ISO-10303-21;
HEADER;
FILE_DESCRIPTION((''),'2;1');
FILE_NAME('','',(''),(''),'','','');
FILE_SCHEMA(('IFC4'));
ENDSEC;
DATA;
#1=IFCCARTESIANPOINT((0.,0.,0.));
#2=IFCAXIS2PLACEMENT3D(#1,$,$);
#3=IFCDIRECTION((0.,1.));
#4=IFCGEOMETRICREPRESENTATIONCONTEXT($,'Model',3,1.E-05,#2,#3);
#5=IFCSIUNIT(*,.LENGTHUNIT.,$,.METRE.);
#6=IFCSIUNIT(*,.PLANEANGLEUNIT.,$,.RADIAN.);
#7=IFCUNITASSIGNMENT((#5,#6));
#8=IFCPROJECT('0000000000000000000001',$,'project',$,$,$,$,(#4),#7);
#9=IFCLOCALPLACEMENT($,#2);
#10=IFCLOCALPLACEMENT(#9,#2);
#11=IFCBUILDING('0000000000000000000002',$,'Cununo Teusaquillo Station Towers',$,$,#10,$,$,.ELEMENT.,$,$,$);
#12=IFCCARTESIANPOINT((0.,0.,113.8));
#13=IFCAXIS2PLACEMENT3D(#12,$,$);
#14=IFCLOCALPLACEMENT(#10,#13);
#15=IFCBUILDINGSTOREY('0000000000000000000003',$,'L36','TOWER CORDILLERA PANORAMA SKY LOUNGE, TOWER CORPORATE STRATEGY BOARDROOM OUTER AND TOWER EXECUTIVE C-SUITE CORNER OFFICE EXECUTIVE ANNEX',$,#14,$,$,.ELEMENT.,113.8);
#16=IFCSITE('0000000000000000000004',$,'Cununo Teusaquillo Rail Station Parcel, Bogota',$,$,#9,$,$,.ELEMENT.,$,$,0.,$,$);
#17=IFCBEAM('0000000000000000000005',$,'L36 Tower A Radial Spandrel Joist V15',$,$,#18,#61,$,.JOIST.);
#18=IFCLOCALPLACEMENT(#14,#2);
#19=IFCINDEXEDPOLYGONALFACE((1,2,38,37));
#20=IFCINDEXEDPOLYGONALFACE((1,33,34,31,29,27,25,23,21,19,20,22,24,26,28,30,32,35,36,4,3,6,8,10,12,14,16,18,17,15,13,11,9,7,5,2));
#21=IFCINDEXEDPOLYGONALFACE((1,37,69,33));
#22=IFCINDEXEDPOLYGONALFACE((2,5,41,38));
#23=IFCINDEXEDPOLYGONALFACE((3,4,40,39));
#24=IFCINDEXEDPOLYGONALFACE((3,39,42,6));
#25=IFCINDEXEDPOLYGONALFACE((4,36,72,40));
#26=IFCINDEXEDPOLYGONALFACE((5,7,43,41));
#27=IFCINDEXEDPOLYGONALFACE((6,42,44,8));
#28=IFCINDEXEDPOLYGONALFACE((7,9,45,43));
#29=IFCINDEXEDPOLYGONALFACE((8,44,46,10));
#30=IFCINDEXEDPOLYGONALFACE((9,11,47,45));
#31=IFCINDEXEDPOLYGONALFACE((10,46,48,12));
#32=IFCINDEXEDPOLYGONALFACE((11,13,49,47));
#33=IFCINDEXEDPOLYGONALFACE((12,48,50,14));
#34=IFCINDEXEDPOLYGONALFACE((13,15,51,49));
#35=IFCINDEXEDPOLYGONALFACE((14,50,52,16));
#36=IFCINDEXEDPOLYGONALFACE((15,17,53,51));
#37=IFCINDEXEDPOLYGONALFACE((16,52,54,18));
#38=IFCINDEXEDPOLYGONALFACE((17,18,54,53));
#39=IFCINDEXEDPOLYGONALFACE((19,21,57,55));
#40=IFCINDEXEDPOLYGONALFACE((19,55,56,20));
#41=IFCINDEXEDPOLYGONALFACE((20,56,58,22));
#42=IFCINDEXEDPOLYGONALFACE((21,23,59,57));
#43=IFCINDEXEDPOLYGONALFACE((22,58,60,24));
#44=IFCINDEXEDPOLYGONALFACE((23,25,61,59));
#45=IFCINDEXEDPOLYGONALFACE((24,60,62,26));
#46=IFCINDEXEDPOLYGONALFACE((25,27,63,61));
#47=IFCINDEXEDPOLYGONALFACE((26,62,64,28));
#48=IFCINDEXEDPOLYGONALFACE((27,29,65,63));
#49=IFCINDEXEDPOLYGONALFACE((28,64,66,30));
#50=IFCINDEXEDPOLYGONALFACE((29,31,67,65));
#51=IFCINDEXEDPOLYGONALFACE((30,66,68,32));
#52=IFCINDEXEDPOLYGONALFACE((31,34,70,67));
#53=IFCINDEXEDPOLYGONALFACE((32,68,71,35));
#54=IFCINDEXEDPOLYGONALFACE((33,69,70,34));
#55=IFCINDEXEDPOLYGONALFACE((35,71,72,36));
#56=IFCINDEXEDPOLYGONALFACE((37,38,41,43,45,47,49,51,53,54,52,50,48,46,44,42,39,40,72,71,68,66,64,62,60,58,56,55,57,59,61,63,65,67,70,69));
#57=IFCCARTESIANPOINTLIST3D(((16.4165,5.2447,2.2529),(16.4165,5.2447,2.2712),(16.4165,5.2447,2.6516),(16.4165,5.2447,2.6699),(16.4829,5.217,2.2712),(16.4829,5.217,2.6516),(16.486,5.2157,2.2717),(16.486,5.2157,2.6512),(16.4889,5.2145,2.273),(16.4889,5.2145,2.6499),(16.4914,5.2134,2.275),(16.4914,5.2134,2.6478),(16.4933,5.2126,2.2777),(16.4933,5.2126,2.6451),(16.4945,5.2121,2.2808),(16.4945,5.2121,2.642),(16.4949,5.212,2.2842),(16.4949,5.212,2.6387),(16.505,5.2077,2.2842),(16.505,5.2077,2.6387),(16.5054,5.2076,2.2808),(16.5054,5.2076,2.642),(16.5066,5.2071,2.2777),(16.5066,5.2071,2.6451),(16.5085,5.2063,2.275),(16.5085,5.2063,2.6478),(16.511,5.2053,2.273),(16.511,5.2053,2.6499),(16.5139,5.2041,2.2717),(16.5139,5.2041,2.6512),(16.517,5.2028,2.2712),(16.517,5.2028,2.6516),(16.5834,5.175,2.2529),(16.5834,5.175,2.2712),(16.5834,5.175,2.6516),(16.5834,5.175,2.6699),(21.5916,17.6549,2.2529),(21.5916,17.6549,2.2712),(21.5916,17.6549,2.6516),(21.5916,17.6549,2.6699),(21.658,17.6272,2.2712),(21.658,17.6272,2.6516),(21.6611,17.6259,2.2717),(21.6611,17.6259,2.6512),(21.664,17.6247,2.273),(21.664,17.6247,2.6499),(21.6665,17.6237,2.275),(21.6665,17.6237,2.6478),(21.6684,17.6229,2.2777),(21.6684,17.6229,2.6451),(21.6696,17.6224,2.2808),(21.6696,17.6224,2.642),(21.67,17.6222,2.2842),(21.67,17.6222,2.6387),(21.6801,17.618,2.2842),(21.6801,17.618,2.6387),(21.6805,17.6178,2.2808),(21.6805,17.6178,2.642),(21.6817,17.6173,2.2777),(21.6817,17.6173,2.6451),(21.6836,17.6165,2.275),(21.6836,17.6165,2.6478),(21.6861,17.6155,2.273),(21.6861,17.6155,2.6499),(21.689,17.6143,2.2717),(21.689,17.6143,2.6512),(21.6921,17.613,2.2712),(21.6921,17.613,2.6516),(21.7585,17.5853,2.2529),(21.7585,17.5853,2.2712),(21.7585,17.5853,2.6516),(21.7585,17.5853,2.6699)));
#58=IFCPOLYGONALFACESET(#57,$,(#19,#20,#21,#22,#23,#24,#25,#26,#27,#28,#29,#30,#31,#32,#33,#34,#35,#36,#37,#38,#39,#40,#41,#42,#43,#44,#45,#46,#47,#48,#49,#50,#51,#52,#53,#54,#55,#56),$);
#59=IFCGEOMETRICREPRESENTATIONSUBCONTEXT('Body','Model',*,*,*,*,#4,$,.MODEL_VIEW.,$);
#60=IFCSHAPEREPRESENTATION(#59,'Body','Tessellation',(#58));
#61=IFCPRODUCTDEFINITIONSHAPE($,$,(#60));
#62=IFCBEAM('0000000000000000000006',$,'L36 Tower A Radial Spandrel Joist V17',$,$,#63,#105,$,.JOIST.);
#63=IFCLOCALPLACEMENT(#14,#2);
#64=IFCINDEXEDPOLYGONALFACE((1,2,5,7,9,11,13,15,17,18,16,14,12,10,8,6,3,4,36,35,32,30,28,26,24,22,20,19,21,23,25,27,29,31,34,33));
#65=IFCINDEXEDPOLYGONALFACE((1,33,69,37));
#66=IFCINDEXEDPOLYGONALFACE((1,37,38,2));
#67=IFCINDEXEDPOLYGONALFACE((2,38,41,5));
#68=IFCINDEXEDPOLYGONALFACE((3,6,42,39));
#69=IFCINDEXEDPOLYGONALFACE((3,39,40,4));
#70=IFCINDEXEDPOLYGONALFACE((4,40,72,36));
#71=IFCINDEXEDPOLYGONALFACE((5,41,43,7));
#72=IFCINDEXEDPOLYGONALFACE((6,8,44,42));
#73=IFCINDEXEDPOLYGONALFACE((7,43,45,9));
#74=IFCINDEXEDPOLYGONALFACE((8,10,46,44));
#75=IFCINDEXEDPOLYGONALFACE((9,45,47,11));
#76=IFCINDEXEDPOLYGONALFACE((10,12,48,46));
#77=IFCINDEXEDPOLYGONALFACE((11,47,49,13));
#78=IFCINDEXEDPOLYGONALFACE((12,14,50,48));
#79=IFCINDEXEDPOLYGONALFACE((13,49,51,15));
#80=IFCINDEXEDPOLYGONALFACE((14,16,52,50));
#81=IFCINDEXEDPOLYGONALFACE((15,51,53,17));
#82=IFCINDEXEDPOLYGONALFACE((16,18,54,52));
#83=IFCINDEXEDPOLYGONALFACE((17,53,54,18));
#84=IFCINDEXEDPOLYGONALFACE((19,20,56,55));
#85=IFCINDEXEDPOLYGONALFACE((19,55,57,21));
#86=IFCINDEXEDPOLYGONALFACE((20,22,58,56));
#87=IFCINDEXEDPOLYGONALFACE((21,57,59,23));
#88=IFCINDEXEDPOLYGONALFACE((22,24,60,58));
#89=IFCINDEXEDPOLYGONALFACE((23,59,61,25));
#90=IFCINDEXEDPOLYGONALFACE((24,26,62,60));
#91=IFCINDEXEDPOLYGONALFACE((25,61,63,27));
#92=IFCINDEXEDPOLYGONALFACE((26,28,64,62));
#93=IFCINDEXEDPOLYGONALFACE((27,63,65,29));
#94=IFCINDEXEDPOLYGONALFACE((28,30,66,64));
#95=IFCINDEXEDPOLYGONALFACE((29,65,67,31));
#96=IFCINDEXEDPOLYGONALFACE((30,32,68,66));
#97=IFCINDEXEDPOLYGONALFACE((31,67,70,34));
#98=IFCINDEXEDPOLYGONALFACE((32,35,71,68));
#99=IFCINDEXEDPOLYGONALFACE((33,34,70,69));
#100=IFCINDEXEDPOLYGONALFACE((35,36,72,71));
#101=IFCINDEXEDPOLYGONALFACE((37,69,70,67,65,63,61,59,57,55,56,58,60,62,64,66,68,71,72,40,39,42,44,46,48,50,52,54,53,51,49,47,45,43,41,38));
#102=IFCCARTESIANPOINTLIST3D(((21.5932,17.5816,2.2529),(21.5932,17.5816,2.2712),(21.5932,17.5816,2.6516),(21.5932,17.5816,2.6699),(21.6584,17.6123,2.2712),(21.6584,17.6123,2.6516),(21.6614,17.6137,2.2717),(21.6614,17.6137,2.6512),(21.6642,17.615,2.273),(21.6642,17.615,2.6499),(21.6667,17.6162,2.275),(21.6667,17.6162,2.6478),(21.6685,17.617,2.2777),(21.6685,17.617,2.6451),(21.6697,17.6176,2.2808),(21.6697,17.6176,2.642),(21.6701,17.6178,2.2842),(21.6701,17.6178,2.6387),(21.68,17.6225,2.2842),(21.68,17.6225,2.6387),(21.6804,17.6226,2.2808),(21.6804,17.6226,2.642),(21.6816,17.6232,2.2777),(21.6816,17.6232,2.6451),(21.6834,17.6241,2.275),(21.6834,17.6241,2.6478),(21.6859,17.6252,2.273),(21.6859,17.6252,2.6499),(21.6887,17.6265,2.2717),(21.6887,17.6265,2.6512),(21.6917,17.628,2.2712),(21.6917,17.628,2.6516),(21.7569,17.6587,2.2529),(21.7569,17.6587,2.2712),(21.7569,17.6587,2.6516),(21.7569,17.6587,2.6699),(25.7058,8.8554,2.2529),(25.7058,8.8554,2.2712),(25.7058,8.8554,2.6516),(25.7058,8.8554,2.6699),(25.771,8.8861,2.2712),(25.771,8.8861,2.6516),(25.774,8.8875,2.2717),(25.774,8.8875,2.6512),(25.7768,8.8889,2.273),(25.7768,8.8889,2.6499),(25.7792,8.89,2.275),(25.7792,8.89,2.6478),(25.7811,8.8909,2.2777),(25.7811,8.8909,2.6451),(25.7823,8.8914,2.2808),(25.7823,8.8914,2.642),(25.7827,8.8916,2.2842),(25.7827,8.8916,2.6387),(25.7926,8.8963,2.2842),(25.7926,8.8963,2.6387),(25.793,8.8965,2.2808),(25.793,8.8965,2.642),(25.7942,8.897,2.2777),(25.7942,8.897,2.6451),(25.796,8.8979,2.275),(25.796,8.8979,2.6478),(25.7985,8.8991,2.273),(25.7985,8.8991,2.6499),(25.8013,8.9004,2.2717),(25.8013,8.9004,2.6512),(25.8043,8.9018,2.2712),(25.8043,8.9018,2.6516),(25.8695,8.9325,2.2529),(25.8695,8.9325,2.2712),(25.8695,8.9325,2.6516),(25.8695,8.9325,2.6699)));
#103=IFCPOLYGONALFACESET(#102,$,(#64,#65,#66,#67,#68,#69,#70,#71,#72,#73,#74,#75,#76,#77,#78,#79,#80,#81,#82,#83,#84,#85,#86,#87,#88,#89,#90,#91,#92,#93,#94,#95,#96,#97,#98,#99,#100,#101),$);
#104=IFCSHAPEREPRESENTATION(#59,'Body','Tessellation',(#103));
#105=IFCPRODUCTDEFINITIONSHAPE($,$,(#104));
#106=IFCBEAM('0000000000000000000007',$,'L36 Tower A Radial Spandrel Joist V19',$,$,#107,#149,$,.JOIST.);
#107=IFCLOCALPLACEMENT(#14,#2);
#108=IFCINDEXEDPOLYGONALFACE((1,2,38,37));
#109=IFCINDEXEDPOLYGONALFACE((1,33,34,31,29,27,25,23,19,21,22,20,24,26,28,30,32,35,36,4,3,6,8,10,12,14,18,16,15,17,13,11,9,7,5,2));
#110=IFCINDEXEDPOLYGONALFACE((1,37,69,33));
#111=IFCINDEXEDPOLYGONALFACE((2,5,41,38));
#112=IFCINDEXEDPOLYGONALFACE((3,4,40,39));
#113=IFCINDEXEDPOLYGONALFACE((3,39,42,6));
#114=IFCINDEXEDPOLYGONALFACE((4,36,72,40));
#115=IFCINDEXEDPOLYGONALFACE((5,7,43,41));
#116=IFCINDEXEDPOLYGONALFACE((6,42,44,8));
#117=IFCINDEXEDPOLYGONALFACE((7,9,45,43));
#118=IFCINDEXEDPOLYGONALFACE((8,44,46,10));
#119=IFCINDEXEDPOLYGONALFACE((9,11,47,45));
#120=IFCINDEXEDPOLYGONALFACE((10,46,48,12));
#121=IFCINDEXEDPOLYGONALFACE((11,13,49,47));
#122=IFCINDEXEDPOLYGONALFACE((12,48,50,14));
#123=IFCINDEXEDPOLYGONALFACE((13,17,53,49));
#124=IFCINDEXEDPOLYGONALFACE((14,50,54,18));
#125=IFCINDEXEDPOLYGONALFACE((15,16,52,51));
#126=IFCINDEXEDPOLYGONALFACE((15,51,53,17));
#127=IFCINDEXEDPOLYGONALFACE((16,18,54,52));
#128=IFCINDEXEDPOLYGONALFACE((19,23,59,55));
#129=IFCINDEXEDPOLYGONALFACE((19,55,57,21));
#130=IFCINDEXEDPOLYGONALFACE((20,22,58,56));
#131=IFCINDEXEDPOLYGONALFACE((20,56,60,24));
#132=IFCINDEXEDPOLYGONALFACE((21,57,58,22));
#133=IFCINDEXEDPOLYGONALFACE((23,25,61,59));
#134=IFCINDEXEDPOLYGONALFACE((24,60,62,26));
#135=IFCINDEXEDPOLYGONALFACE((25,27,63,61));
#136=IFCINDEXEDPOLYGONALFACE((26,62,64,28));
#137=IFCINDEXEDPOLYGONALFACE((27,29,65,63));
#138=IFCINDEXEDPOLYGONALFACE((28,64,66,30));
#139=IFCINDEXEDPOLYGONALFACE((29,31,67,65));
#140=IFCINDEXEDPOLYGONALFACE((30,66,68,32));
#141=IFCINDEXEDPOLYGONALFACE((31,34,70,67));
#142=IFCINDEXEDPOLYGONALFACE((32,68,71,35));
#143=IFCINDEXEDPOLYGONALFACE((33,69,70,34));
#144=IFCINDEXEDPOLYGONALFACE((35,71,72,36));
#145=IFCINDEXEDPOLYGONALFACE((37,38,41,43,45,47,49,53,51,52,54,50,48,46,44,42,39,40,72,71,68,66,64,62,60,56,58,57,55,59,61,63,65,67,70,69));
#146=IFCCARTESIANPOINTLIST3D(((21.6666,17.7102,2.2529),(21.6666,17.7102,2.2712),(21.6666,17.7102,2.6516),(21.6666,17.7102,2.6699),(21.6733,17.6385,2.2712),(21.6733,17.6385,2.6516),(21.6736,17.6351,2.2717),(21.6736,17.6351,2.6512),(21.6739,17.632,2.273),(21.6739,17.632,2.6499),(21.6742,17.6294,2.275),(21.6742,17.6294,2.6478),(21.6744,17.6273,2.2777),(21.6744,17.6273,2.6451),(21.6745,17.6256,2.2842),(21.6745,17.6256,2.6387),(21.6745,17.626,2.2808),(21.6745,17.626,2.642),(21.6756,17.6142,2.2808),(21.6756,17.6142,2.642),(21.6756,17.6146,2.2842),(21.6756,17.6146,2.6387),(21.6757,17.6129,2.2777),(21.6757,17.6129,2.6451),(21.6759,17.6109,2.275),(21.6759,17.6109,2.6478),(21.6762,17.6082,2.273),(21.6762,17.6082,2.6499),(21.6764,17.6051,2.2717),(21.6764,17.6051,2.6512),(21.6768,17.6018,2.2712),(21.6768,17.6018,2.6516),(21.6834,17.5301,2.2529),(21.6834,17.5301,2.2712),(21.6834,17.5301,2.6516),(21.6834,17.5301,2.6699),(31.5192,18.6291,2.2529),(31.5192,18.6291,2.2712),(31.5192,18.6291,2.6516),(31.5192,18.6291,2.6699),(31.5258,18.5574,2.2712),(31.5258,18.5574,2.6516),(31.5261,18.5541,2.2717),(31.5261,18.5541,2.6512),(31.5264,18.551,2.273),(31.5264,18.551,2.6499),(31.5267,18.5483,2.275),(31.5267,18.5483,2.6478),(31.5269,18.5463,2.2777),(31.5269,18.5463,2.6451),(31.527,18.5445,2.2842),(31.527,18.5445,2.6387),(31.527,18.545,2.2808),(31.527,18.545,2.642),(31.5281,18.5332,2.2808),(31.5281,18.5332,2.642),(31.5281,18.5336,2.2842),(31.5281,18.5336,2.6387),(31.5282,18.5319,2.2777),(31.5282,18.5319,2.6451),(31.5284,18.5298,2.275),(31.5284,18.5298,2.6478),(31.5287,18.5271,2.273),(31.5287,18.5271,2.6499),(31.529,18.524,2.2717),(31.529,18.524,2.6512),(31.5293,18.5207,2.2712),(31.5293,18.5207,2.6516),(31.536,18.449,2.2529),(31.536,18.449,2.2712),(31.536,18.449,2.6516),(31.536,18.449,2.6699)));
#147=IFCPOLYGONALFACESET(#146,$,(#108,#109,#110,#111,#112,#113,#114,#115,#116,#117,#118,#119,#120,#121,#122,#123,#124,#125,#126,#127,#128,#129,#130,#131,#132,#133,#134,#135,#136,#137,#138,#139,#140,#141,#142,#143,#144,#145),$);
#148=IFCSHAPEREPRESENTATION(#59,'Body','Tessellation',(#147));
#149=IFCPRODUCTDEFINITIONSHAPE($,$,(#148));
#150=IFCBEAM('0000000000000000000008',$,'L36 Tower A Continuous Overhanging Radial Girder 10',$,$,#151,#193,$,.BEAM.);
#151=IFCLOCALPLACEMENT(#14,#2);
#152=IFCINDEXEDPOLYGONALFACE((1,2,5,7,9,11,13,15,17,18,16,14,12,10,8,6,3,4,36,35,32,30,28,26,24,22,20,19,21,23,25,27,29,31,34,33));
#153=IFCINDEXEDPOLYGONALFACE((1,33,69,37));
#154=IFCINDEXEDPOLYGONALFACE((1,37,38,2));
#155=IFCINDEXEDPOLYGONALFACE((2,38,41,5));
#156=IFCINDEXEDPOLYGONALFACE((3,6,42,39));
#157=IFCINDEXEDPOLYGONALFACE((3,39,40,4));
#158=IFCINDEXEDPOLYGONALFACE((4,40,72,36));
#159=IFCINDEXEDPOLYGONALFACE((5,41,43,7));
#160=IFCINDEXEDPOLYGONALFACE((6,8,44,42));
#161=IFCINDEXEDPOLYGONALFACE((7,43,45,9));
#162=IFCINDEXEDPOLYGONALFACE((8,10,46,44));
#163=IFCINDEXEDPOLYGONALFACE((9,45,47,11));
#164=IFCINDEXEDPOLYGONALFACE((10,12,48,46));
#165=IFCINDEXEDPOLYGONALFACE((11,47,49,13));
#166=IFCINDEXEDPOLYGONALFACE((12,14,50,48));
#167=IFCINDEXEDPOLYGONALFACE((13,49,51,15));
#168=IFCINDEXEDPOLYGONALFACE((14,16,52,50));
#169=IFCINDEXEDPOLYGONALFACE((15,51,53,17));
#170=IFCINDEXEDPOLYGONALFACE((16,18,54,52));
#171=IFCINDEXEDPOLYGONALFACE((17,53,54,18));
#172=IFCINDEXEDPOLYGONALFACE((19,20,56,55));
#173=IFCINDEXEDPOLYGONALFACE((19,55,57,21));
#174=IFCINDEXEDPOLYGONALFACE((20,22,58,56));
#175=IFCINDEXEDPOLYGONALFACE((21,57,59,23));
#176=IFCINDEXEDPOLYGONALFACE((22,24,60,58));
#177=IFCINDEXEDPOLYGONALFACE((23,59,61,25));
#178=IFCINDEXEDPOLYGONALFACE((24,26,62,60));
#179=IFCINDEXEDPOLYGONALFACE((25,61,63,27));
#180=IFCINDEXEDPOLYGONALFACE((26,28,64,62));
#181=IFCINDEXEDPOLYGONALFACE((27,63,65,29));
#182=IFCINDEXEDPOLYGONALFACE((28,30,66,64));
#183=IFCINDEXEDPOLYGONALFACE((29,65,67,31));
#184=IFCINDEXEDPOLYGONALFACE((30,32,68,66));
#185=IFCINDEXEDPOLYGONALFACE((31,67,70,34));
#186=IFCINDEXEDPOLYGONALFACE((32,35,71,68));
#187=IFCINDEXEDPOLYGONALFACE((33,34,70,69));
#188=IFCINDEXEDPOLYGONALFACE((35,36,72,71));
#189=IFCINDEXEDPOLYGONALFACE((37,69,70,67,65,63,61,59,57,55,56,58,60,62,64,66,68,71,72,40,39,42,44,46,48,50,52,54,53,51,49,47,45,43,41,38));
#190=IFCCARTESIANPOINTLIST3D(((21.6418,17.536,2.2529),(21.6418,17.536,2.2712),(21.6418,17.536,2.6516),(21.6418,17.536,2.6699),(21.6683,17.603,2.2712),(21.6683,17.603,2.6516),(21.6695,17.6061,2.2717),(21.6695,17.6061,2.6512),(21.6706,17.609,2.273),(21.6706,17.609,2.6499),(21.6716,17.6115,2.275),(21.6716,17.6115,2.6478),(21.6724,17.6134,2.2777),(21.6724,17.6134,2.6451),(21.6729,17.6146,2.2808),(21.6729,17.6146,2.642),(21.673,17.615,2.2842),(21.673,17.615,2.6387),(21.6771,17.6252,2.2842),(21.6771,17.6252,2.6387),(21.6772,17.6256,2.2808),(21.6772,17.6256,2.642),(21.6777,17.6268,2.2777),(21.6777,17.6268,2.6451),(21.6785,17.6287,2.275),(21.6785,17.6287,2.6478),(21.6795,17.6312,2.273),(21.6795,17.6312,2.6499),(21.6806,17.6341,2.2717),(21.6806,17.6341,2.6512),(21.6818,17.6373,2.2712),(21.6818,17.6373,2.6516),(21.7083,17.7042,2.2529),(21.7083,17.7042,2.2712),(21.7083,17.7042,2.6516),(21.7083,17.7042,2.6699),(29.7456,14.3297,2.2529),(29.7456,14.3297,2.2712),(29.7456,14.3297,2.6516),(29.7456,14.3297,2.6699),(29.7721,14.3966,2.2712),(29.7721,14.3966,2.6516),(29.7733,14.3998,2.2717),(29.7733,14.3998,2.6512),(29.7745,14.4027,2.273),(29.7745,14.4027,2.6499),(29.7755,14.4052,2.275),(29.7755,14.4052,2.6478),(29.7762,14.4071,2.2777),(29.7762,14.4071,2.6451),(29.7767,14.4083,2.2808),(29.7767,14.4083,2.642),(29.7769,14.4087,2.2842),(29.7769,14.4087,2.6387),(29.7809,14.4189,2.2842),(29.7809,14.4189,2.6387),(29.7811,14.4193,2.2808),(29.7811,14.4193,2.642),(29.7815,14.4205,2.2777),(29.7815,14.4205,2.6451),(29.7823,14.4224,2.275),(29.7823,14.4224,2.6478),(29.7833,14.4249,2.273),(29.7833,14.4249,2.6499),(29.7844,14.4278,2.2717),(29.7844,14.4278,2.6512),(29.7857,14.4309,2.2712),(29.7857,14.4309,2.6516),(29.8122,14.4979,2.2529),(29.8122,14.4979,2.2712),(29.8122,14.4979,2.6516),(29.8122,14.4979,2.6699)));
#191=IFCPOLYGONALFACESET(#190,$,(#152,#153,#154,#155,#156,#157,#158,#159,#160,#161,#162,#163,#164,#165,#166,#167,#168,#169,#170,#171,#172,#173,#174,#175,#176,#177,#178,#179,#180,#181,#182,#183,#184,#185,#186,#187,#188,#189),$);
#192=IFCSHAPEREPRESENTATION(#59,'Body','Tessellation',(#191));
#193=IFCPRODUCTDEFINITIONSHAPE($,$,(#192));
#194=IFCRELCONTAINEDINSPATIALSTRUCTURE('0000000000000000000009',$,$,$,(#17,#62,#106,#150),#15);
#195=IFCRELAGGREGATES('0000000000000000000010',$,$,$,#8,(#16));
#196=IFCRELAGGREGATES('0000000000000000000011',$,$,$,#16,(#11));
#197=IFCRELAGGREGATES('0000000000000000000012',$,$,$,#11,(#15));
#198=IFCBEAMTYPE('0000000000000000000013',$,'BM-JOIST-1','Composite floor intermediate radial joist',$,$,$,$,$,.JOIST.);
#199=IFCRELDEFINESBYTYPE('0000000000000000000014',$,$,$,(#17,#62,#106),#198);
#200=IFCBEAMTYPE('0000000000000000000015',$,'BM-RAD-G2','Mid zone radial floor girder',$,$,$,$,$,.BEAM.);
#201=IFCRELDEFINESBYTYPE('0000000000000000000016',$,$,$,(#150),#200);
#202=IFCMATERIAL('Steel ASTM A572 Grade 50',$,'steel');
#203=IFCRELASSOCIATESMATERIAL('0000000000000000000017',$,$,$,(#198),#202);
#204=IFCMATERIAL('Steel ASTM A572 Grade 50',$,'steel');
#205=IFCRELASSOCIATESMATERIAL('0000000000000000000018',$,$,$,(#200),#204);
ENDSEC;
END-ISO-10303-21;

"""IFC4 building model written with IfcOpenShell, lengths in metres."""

from ifc_helpers import new_model, si_unit, direction, frame, origin, origin_2d, place, context, subcontext, project, spatial, i_section, extrude, material, material_profile, profile_set, type_object, element, save


model = new_model("IFC4")

# Units and contexts
model_context = context("Model", 3, precision=1e-05, world=origin(), true_north=direction((0.0, 1.0)))
body_context = subcontext(model_context, "Body", "Model", "MODEL_VIEW")
ifc_project = project(units=[si_unit("LENGTHUNIT", "METRE"), si_unit("PLANEANGLEUNIT", "RADIAN")], contexts=[model_context])

# Site, building, storey
site_placement = place(None, origin())
site = spatial("IfcSite", under=ifc_project, at=site_placement, Name="Cununo Teusaquillo Rail Station Parcel, Bogota", CompositionType="ELEMENT", RefElevation=0.0)
building_placement = place(site_placement, origin())
building = spatial("IfcBuilding", under=site, at=building_placement, Name="Cununo Teusaquillo Station Towers", CompositionType="ELEMENT")
storey_placement = place(building_placement, frame((0.0, 0.0, 113.8)))
storey = spatial("IfcBuildingStorey", under=building, at=storey_placement, Name="L36", Description="TOWER CORDILLERA PANORAMA SKY LOUNGE, TOWER CORPORATE STRATEGY BOARDROOM OUTER AND TOWER EXECUTIVE C-SUITE CORNER OFFICE EXECUTIVE ANNEX", CompositionType="ELEMENT", Elevation=113.8)

# Beams
ifc_material_1 = material(Name="Steel ASTM A572 Grade 50", Category="steel")
ifc_material_profile_1 = material_profile(ifc_material_1, i_section(OverallWidth=0.1809, OverallDepth=0.417, WebThickness=0.011, FlangeThickness=0.0183, FilletRadius=0.0129, at=origin_2d()), Name="W16X57")
ifc_profile_set_1 = profile_set([ifc_material_profile_1], Name="Steel ASTM A572 Grade 50")
beam_type_1 = type_object("IfcBeamType", Name="BM-JOIST-1", Description="Composite floor intermediate radial joist", PredefinedType="JOIST", material=ifc_profile_set_1)
beam_1_placement = place(storey_placement, frame((21.675, 17.6201, 2.4614), z_axis=(-0.384878, -0.922967, 0.0), x_axis=(0.922967, -0.384878, 0.0)))
element("IfcBeam", 1, at=beam_1_placement, inside=storey, type_object=beam_type_1, Name="L36 Tower A Radial Spandrel Joist V15", PredefinedType="JOIST", context=body_context, shape_type="SweptSolid", body=[
    extrude(i_section(OverallWidth=0.1809, OverallDepth=0.417, WebThickness=0.011, FlangeThickness=0.0183, FilletRadius=0.0129, at=origin_2d()), origin(), (0.0, 0.0, 1.0), 13.446),
])
beam_2_placement = place(storey_placement, frame((21.675, 17.6201, 2.4614), z_axis=(0.42632, -0.904572, 0.0), x_axis=(0.904572, 0.42632, 0.0)))
element("IfcBeam", 2, at=beam_2_placement, inside=storey, type_object=beam_type_1, Name="L36 Tower A Radial Spandrel Joist V17", PredefinedType="JOIST", context=body_context, shape_type="SweptSolid", body=[
    extrude(i_section(OverallWidth=0.1809, OverallDepth=0.417, WebThickness=0.011, FlangeThickness=0.0183, FilletRadius=0.0129, at=origin_2d()), origin(), (0.0, 0.0, 1.0), 9.6467),
])
beam_3_placement = place(storey_placement, frame((21.675, 17.6201, 2.4614), z_axis=(0.995679, 0.092867, 0.0), x_axis=(-0.092867, 0.995679, 0.0)))
element("IfcBeam", 3, at=beam_3_placement, inside=storey, type_object=beam_type_1, Name="L36 Tower A Radial Spandrel Joist V19", PredefinedType="JOIST", context=body_context, shape_type="SweptSolid", body=[
    extrude(i_section(OverallWidth=0.1809, OverallDepth=0.417, WebThickness=0.011, FlangeThickness=0.0183, FilletRadius=0.0129, at=origin_2d()), origin(), (0.0, 0.0, 1.0), 9.8953),
])
ifc_material_2 = material(Name="Steel ASTM A572 Grade 50", Category="steel")
ifc_material_profile_2 = material_profile(ifc_material_2, i_section(OverallWidth=0.1809, OverallDepth=0.417, WebThickness=0.011, FlangeThickness=0.0183, FilletRadius=0.0129, at=origin_2d()), Name="W16X57")
ifc_profile_set_2 = profile_set([ifc_material_profile_2], Name="Steel ASTM A572 Grade 50")
beam_type_2 = type_object("IfcBeamType", Name="BM-RAD-G2", Description="Mid zone radial floor girder", PredefinedType="BEAM", material=ifc_profile_set_2)
beam_4_placement = place(storey_placement, frame((21.675, 17.6201, 2.4614), z_axis=(0.929863, -0.367906, 0.0), x_axis=(0.367906, 0.929863, 0.0)))
element("IfcBeam", 4, at=beam_4_placement, inside=storey, type_object=beam_type_2, Name="L36 Tower A Continuous Overhanging Radial Girder 10", PredefinedType="BEAM", context=body_context, shape_type="SweptSolid", body=[
    extrude(i_section(OverallWidth=0.1809, OverallDepth=0.417, WebThickness=0.011, FlangeThickness=0.0183, FilletRadius=0.0129, at=origin_2d()), origin(), (0.0, 0.0, 1.0), 8.7151),
])

save(model, "model.ifc")
